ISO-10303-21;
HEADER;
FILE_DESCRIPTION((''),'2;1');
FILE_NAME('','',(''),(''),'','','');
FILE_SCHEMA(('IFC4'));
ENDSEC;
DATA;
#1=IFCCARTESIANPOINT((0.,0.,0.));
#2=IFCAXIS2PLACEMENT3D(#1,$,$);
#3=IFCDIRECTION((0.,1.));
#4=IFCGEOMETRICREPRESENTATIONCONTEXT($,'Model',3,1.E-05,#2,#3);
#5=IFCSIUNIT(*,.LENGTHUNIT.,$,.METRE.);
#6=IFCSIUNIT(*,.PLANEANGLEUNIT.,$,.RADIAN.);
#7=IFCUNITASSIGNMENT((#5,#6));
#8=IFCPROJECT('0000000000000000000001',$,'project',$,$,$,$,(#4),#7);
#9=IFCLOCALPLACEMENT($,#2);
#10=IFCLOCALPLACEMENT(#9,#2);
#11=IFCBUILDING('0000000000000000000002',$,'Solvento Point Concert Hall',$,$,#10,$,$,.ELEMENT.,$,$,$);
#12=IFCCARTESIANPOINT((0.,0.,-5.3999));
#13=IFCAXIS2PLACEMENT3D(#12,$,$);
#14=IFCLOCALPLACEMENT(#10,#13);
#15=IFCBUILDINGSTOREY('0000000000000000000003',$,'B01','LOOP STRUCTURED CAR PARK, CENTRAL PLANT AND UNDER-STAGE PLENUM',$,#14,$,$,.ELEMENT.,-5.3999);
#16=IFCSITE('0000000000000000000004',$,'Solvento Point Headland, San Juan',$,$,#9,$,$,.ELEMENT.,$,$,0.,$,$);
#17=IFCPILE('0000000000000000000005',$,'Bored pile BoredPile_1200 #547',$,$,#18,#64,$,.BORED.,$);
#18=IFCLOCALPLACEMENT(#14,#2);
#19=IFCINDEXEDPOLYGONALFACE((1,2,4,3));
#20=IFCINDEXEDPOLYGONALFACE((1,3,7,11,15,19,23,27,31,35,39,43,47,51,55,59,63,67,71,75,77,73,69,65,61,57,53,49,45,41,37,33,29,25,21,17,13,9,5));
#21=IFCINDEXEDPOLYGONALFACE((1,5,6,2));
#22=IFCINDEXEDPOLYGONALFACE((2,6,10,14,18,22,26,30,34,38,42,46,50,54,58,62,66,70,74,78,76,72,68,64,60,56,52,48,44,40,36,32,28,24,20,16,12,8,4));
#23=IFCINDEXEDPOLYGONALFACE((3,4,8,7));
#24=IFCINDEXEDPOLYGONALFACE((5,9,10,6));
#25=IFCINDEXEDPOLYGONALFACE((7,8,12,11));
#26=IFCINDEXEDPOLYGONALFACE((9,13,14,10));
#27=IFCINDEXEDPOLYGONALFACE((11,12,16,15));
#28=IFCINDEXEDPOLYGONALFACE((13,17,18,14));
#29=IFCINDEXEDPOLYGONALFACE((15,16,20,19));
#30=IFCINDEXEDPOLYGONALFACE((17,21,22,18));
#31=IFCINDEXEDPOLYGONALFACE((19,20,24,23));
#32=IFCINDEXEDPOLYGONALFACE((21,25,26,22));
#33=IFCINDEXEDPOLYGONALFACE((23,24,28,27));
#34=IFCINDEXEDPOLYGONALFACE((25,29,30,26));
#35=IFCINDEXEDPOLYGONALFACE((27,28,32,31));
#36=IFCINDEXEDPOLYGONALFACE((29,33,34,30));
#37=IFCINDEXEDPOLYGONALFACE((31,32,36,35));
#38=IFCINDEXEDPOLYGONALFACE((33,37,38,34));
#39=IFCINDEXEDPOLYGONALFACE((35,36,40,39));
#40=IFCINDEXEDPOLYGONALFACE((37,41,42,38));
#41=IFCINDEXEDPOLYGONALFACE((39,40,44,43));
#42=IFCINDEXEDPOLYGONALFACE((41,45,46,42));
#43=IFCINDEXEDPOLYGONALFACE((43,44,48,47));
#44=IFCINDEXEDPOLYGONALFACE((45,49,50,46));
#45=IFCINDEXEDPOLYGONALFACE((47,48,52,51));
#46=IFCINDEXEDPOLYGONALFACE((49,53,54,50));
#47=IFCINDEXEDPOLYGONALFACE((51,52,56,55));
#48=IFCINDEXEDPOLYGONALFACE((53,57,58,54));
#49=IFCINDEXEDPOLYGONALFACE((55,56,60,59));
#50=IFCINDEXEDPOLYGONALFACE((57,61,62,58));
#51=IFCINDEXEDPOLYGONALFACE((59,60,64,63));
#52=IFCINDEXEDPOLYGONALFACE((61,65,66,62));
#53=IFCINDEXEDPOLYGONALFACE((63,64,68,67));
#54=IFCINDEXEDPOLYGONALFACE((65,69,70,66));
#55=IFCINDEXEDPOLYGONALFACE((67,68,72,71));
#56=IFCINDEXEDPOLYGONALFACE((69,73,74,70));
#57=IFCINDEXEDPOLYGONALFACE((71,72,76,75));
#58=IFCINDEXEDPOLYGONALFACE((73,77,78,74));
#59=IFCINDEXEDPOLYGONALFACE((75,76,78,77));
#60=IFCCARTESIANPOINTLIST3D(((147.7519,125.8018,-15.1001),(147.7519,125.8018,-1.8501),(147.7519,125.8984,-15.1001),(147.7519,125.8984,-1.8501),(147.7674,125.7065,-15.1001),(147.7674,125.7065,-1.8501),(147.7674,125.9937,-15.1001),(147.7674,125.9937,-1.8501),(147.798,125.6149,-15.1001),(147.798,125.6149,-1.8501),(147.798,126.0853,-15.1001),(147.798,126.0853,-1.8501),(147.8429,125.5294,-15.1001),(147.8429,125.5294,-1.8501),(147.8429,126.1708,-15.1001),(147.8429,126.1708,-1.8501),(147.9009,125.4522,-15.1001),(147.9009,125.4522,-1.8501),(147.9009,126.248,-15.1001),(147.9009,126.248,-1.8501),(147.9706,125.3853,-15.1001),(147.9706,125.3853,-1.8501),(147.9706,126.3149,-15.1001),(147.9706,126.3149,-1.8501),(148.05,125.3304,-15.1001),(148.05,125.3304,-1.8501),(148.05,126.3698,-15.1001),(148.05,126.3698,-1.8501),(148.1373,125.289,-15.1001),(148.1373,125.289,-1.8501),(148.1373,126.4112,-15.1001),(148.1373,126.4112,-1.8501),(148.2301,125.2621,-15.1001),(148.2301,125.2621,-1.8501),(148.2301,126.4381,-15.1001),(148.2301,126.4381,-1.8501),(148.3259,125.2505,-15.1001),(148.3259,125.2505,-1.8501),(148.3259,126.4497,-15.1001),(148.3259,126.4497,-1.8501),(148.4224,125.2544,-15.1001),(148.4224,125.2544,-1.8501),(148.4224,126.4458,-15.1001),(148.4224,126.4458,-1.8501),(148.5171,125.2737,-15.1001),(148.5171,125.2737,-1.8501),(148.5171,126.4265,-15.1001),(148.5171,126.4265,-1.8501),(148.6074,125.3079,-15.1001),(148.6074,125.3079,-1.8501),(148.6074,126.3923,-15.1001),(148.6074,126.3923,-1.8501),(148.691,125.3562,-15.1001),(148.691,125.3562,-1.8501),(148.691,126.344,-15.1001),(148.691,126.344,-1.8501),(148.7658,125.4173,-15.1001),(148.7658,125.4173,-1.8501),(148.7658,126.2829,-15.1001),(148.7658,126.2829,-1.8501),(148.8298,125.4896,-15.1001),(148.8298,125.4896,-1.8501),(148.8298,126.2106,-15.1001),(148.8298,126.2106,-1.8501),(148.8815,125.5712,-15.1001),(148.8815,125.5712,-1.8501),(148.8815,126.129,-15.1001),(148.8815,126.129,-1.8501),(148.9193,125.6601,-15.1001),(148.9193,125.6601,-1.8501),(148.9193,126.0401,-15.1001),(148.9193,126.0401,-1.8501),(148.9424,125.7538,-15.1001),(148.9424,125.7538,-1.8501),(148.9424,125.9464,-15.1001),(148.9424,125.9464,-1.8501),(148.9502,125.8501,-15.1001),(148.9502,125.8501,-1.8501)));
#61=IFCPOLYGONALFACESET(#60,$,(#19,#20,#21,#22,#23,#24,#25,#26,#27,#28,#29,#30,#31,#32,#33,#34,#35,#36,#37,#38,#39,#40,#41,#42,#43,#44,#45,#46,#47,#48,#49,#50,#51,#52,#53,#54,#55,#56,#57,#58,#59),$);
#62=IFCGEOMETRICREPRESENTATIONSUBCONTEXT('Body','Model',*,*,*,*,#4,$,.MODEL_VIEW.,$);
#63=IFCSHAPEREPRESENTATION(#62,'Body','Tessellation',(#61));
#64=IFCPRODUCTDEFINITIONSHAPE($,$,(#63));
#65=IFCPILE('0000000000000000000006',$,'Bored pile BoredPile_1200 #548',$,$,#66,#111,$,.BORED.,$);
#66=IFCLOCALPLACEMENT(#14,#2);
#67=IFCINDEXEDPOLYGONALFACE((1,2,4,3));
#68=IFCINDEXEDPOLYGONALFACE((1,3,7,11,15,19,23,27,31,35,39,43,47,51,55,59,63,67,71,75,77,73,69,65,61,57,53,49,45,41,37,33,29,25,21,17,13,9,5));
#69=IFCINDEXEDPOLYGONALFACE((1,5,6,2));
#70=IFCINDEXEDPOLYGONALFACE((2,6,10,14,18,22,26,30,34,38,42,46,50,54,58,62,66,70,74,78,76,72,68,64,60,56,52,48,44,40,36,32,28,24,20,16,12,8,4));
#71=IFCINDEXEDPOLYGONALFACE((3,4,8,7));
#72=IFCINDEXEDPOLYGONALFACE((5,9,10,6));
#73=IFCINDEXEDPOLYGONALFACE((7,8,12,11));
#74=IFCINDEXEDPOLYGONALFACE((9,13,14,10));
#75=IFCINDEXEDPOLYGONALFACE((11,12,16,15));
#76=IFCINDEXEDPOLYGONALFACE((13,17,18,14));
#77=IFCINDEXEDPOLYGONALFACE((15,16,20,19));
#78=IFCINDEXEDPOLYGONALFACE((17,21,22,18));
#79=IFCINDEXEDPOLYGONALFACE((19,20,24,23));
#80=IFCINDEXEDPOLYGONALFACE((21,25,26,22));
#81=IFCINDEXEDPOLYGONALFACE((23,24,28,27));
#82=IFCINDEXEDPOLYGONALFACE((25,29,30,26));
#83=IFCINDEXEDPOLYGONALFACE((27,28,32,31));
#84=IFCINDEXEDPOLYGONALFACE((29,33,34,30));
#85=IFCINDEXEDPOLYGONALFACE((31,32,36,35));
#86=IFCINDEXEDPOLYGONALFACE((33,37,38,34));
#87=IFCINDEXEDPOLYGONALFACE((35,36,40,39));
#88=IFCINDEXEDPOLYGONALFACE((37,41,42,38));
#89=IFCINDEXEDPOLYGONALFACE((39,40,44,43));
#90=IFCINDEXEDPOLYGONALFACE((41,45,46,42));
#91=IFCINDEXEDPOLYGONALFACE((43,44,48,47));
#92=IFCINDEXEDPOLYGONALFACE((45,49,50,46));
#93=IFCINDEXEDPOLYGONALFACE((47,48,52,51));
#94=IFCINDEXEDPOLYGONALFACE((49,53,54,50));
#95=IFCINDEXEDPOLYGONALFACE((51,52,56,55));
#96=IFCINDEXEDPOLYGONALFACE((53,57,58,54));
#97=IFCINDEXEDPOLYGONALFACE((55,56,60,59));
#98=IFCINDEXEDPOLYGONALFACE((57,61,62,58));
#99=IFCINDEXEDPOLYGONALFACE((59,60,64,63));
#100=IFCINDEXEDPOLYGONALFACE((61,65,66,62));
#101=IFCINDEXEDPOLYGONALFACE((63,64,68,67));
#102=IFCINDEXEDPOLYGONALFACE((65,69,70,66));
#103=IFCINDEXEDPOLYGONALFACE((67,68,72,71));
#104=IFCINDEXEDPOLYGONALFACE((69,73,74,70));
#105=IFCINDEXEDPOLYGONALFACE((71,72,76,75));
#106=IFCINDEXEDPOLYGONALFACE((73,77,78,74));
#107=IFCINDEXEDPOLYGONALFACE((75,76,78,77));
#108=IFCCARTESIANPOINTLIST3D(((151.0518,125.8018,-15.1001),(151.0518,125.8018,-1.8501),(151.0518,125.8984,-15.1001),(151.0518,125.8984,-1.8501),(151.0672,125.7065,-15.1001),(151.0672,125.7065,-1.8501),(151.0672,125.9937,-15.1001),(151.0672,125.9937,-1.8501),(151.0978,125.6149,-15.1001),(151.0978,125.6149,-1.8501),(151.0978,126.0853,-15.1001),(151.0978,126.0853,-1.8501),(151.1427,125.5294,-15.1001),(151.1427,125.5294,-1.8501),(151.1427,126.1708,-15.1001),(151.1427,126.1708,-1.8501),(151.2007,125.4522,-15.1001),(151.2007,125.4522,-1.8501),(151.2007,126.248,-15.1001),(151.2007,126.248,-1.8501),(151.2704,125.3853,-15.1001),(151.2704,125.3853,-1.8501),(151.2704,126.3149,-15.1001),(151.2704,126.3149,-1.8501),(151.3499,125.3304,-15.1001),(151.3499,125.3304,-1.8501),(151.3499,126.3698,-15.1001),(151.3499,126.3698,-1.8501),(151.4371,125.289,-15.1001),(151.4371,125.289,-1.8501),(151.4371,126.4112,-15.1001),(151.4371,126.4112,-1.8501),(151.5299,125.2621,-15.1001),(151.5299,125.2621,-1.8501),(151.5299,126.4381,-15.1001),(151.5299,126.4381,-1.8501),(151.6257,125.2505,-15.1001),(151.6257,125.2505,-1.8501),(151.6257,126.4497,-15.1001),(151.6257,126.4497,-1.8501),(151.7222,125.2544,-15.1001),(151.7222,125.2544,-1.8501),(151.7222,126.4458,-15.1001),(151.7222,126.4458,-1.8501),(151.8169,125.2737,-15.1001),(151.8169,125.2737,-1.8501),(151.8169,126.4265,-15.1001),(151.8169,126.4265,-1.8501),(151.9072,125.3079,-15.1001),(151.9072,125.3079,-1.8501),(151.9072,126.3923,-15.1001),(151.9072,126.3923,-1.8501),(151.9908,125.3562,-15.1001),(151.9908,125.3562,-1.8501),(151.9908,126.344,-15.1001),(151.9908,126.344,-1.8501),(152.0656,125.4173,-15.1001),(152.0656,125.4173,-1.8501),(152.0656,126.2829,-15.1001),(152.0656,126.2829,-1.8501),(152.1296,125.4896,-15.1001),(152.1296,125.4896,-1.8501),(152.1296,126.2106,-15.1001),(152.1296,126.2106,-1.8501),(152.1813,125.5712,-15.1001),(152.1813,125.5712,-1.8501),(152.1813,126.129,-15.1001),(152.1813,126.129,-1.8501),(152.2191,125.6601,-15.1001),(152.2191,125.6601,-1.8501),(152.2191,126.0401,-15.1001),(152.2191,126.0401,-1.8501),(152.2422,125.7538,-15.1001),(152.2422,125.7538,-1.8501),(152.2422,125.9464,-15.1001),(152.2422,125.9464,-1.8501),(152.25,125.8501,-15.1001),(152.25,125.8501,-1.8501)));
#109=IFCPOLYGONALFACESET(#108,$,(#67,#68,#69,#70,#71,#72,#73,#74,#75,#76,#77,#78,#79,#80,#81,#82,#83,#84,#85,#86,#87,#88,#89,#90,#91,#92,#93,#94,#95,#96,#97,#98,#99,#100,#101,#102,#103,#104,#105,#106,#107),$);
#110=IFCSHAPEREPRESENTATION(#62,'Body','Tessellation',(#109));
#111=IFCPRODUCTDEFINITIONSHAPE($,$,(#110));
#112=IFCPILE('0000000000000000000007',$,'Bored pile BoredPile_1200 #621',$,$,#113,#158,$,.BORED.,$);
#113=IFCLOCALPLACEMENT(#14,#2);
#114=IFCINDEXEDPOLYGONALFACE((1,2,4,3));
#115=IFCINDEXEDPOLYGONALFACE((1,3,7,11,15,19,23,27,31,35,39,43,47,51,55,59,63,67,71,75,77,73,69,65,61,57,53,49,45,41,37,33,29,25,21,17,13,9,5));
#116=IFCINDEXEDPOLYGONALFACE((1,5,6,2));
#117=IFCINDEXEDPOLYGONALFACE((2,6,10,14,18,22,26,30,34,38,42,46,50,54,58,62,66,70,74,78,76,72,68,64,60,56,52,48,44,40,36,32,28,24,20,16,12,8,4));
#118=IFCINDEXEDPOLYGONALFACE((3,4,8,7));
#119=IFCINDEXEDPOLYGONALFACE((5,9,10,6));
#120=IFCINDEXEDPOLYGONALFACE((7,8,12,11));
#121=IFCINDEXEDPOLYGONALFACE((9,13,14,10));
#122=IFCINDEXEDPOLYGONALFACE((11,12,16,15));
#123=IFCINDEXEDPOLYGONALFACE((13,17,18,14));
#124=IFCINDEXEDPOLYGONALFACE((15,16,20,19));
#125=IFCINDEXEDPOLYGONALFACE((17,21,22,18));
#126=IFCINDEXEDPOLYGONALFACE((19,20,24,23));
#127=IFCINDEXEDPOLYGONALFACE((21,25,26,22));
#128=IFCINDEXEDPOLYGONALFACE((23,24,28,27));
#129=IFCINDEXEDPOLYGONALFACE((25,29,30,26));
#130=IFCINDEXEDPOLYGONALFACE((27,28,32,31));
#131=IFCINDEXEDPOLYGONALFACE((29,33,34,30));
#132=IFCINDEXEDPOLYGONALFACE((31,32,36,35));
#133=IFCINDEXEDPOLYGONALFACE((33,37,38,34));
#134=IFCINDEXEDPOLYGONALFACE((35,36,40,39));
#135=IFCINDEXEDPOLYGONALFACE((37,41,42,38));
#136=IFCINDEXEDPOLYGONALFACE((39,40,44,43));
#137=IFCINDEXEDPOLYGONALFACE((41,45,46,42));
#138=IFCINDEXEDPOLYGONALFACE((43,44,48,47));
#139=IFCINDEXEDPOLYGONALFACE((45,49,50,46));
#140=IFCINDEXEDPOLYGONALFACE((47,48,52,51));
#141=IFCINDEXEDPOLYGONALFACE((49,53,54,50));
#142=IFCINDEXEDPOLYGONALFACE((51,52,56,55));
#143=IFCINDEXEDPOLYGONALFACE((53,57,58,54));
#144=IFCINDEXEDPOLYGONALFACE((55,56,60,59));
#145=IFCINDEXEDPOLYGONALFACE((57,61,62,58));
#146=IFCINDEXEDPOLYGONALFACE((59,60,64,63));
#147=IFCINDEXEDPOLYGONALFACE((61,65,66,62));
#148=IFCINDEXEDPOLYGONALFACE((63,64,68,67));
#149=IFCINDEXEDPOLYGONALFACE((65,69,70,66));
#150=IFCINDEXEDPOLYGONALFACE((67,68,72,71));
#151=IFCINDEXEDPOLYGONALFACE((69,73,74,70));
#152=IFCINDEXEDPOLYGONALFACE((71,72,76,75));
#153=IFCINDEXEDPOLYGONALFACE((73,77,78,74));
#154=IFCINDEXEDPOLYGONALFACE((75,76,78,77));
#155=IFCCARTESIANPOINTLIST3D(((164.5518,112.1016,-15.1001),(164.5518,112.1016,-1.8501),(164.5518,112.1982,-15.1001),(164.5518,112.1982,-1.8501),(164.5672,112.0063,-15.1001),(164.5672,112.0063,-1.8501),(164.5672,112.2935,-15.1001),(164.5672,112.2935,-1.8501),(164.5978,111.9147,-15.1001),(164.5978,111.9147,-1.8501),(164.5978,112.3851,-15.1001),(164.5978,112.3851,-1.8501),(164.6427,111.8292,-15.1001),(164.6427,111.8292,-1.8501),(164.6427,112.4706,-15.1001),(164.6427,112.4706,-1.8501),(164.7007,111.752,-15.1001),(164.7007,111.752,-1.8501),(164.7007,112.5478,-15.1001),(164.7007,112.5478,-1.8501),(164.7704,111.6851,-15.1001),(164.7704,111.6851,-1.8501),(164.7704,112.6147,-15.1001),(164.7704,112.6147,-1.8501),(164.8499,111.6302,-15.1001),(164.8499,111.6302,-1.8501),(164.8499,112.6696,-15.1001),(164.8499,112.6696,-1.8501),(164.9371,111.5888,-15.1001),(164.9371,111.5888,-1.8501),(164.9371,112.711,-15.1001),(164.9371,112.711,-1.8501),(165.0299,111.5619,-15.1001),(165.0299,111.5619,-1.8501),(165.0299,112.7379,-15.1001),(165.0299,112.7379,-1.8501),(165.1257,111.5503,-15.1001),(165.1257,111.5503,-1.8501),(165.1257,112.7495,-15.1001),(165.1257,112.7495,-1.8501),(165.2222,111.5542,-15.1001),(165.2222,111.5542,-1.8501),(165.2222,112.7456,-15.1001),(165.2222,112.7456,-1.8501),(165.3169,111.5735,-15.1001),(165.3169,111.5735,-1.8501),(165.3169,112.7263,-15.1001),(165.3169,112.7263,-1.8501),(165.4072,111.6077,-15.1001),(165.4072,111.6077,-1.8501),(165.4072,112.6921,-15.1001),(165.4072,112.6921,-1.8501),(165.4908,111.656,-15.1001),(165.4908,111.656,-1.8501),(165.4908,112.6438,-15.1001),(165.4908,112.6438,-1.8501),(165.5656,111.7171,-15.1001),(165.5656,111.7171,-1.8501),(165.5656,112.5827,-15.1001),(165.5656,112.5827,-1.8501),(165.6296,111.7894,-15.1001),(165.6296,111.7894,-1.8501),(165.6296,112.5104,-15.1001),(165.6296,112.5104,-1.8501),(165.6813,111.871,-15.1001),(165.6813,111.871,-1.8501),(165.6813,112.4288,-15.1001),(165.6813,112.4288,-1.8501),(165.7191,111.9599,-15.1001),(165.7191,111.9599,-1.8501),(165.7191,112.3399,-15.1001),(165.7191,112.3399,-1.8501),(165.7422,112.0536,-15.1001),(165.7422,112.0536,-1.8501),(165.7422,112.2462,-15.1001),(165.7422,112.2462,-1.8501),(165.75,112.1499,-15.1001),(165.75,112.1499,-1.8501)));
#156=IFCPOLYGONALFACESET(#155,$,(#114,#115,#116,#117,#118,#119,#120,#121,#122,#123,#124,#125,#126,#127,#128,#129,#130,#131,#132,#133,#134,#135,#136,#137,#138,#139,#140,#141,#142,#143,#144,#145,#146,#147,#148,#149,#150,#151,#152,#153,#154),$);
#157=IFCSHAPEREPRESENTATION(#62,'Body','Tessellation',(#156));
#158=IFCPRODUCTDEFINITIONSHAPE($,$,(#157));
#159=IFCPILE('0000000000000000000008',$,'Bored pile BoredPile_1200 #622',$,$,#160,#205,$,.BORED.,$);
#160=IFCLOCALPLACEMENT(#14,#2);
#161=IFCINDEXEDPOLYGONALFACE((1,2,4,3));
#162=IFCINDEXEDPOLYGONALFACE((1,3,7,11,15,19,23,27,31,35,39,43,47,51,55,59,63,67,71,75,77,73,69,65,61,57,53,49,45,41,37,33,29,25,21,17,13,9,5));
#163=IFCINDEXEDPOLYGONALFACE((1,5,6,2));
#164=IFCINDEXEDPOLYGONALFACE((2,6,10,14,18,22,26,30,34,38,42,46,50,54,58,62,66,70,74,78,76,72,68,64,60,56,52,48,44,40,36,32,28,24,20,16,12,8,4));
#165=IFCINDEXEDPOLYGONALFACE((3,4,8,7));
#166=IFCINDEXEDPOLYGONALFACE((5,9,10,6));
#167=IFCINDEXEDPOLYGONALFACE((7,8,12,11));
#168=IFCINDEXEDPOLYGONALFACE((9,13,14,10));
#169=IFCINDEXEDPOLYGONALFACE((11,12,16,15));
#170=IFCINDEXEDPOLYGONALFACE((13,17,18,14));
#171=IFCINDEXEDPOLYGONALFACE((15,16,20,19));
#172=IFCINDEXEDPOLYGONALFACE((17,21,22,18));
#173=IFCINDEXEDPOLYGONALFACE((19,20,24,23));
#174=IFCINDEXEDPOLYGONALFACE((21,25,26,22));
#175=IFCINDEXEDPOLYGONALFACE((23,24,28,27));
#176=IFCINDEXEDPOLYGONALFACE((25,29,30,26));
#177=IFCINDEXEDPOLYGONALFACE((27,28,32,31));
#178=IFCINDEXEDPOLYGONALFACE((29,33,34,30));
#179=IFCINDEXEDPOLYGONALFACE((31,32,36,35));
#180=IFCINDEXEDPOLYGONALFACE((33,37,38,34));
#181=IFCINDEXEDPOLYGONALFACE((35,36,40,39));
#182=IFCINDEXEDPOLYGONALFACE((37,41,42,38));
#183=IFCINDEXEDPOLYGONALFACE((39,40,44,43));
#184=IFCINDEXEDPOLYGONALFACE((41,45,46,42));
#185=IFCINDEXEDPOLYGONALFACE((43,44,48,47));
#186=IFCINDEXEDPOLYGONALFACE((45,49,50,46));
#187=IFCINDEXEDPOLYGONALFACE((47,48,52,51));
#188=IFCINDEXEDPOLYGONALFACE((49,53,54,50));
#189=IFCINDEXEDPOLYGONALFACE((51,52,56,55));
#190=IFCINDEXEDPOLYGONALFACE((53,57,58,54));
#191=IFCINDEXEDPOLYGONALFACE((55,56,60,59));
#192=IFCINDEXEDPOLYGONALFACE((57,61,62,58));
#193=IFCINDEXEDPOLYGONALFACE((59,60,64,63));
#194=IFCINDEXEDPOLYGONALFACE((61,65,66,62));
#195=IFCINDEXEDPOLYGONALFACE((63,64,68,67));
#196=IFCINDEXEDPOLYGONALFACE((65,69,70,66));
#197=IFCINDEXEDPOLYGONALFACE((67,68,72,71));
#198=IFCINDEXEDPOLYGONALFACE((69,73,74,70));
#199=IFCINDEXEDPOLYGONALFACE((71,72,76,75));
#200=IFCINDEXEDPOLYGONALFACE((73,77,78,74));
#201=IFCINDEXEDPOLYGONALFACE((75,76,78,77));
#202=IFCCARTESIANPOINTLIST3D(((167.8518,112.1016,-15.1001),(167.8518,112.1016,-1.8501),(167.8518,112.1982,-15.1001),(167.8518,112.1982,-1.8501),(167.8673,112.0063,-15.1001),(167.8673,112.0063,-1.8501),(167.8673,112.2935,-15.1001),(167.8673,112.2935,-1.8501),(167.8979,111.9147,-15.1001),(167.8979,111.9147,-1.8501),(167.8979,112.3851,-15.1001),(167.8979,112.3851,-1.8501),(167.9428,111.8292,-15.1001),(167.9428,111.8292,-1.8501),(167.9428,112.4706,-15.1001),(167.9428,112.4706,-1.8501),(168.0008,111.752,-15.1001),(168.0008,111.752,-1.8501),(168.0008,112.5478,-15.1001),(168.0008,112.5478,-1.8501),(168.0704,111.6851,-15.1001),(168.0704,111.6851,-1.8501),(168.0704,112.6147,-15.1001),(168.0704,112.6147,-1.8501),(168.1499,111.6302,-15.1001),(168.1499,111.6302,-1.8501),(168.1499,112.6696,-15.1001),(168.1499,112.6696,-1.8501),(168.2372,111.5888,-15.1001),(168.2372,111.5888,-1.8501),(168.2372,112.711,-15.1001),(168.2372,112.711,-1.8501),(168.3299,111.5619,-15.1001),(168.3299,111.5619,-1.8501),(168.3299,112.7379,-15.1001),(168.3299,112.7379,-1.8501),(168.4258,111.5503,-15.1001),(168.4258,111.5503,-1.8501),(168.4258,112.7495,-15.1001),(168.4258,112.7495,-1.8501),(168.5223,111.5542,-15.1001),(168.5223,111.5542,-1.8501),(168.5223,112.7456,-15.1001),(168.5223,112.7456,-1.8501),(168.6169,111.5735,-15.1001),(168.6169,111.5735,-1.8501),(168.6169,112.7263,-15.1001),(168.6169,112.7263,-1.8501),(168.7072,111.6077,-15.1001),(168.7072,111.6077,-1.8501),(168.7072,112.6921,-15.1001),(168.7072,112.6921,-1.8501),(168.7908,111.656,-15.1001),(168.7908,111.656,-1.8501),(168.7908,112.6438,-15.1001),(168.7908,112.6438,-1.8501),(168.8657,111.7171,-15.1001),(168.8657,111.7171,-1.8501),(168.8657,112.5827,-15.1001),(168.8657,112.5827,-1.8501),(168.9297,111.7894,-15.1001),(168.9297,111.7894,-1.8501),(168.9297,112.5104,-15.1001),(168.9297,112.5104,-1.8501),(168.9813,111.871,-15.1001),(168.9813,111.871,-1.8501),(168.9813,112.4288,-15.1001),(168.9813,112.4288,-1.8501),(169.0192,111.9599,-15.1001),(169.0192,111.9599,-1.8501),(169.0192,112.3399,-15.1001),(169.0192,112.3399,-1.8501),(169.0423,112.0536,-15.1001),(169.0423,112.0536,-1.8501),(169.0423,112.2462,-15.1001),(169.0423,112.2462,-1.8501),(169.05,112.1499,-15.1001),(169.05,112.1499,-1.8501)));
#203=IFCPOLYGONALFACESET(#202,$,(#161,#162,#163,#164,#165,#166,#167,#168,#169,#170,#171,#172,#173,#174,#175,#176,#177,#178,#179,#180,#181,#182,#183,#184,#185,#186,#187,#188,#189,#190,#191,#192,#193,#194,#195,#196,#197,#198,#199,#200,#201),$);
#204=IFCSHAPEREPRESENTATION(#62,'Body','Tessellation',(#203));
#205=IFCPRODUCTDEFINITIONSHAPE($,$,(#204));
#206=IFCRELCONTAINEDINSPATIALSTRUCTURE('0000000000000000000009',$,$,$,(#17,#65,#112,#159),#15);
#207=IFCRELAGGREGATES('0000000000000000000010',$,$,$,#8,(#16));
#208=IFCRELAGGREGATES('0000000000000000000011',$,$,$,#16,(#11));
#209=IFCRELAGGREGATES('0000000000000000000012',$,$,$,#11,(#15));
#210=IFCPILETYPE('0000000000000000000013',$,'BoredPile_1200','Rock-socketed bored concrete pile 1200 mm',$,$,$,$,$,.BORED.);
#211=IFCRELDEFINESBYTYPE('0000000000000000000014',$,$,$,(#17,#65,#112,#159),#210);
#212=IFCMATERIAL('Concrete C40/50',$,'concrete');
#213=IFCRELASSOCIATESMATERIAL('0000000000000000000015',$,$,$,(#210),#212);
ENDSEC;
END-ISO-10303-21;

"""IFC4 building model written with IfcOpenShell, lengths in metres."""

from ifc_helpers import new_model, si_unit, direction, frame, origin, origin_2d, place, context, subcontext, project, spatial, circle, extrude, material, material_profile, profile_set, type_object, element, save


model = new_model("IFC4")

# Units and contexts
model_context = context("Model", 3, precision=1e-05, world=origin(), true_north=direction((0.0, 1.0)))
body_context = subcontext(model_context, "Body", "Model", "MODEL_VIEW")
ifc_project = project(units=[si_unit("LENGTHUNIT", "METRE"), si_unit("PLANEANGLEUNIT", "RADIAN")], contexts=[model_context])

# Site, building, storey
site_placement = place(None, origin())
site = spatial("IfcSite", under=ifc_project, at=site_placement, Name="Solvento Point Headland, San Juan", CompositionType="ELEMENT", RefElevation=0.0)
building_placement = place(site_placement, origin())
building = spatial("IfcBuilding", under=site, at=building_placement, Name="Solvento Point Concert Hall", CompositionType="ELEMENT")
storey_placement = place(building_placement, frame((0.0, 0.0, -5.3999)))
storey = spatial("IfcBuildingStorey", under=building, at=storey_placement, Name="B01", Description="LOOP STRUCTURED CAR PARK, CENTRAL PLANT AND UNDER-STAGE PLENUM", CompositionType="ELEMENT", Elevation=-5.3999)

# Piles
ifc_material_1 = material(Name="Concrete C40/50", Category="concrete")
ifc_material_profile_1 = material_profile(ifc_material_1, circle(Radius=0.6001, at=origin_2d()), Name="BP-1200")
ifc_profile_set_1 = profile_set([ifc_material_profile_1], Name="Concrete C40/50")
pile_type_1 = type_object("IfcPileType", Name="BoredPile_1200", Description="Rock-socketed bored concrete pile 1200 mm", PredefinedType="BORED", material=ifc_profile_set_1)
for number, where, z_axis, x_axis, name in (
    (1, (148.3501, 125.8501, -1.8501), (0.0, 0.0, -1.0), (1.0, 0.0, 0.0), "Bored pile BoredPile_1200 #547"),
    (2, (151.6499, 125.8501, -1.8501), (0.0, 0.0, -1.0), (1.0, 0.0, 0.0), "Bored pile BoredPile_1200 #548"),
    (3, (165.1499, 112.1499, -1.8501), (0.0, 0.0, -1.0), (1.0, 0.0, 0.0), "Bored pile BoredPile_1200 #621"),
    (4, (168.45, 112.1499, -1.8501), (0.0, 0.0, -1.0), (1.0, 0.0, 0.0), "Bored pile BoredPile_1200 #622"),
):
    element("IfcPile", number, at=place(storey_placement, frame(where, z_axis=z_axis, x_axis=x_axis)), inside=storey, type_object=pile_type_1, Name=name, PredefinedType="BORED", context=body_context, shape_type="SweptSolid", body=[
        extrude(circle(Radius=0.6001, at=origin_2d()), origin(), (0.0, 0.0, 1.0), 13.25),
    ])

save(model, "model.ifc")
